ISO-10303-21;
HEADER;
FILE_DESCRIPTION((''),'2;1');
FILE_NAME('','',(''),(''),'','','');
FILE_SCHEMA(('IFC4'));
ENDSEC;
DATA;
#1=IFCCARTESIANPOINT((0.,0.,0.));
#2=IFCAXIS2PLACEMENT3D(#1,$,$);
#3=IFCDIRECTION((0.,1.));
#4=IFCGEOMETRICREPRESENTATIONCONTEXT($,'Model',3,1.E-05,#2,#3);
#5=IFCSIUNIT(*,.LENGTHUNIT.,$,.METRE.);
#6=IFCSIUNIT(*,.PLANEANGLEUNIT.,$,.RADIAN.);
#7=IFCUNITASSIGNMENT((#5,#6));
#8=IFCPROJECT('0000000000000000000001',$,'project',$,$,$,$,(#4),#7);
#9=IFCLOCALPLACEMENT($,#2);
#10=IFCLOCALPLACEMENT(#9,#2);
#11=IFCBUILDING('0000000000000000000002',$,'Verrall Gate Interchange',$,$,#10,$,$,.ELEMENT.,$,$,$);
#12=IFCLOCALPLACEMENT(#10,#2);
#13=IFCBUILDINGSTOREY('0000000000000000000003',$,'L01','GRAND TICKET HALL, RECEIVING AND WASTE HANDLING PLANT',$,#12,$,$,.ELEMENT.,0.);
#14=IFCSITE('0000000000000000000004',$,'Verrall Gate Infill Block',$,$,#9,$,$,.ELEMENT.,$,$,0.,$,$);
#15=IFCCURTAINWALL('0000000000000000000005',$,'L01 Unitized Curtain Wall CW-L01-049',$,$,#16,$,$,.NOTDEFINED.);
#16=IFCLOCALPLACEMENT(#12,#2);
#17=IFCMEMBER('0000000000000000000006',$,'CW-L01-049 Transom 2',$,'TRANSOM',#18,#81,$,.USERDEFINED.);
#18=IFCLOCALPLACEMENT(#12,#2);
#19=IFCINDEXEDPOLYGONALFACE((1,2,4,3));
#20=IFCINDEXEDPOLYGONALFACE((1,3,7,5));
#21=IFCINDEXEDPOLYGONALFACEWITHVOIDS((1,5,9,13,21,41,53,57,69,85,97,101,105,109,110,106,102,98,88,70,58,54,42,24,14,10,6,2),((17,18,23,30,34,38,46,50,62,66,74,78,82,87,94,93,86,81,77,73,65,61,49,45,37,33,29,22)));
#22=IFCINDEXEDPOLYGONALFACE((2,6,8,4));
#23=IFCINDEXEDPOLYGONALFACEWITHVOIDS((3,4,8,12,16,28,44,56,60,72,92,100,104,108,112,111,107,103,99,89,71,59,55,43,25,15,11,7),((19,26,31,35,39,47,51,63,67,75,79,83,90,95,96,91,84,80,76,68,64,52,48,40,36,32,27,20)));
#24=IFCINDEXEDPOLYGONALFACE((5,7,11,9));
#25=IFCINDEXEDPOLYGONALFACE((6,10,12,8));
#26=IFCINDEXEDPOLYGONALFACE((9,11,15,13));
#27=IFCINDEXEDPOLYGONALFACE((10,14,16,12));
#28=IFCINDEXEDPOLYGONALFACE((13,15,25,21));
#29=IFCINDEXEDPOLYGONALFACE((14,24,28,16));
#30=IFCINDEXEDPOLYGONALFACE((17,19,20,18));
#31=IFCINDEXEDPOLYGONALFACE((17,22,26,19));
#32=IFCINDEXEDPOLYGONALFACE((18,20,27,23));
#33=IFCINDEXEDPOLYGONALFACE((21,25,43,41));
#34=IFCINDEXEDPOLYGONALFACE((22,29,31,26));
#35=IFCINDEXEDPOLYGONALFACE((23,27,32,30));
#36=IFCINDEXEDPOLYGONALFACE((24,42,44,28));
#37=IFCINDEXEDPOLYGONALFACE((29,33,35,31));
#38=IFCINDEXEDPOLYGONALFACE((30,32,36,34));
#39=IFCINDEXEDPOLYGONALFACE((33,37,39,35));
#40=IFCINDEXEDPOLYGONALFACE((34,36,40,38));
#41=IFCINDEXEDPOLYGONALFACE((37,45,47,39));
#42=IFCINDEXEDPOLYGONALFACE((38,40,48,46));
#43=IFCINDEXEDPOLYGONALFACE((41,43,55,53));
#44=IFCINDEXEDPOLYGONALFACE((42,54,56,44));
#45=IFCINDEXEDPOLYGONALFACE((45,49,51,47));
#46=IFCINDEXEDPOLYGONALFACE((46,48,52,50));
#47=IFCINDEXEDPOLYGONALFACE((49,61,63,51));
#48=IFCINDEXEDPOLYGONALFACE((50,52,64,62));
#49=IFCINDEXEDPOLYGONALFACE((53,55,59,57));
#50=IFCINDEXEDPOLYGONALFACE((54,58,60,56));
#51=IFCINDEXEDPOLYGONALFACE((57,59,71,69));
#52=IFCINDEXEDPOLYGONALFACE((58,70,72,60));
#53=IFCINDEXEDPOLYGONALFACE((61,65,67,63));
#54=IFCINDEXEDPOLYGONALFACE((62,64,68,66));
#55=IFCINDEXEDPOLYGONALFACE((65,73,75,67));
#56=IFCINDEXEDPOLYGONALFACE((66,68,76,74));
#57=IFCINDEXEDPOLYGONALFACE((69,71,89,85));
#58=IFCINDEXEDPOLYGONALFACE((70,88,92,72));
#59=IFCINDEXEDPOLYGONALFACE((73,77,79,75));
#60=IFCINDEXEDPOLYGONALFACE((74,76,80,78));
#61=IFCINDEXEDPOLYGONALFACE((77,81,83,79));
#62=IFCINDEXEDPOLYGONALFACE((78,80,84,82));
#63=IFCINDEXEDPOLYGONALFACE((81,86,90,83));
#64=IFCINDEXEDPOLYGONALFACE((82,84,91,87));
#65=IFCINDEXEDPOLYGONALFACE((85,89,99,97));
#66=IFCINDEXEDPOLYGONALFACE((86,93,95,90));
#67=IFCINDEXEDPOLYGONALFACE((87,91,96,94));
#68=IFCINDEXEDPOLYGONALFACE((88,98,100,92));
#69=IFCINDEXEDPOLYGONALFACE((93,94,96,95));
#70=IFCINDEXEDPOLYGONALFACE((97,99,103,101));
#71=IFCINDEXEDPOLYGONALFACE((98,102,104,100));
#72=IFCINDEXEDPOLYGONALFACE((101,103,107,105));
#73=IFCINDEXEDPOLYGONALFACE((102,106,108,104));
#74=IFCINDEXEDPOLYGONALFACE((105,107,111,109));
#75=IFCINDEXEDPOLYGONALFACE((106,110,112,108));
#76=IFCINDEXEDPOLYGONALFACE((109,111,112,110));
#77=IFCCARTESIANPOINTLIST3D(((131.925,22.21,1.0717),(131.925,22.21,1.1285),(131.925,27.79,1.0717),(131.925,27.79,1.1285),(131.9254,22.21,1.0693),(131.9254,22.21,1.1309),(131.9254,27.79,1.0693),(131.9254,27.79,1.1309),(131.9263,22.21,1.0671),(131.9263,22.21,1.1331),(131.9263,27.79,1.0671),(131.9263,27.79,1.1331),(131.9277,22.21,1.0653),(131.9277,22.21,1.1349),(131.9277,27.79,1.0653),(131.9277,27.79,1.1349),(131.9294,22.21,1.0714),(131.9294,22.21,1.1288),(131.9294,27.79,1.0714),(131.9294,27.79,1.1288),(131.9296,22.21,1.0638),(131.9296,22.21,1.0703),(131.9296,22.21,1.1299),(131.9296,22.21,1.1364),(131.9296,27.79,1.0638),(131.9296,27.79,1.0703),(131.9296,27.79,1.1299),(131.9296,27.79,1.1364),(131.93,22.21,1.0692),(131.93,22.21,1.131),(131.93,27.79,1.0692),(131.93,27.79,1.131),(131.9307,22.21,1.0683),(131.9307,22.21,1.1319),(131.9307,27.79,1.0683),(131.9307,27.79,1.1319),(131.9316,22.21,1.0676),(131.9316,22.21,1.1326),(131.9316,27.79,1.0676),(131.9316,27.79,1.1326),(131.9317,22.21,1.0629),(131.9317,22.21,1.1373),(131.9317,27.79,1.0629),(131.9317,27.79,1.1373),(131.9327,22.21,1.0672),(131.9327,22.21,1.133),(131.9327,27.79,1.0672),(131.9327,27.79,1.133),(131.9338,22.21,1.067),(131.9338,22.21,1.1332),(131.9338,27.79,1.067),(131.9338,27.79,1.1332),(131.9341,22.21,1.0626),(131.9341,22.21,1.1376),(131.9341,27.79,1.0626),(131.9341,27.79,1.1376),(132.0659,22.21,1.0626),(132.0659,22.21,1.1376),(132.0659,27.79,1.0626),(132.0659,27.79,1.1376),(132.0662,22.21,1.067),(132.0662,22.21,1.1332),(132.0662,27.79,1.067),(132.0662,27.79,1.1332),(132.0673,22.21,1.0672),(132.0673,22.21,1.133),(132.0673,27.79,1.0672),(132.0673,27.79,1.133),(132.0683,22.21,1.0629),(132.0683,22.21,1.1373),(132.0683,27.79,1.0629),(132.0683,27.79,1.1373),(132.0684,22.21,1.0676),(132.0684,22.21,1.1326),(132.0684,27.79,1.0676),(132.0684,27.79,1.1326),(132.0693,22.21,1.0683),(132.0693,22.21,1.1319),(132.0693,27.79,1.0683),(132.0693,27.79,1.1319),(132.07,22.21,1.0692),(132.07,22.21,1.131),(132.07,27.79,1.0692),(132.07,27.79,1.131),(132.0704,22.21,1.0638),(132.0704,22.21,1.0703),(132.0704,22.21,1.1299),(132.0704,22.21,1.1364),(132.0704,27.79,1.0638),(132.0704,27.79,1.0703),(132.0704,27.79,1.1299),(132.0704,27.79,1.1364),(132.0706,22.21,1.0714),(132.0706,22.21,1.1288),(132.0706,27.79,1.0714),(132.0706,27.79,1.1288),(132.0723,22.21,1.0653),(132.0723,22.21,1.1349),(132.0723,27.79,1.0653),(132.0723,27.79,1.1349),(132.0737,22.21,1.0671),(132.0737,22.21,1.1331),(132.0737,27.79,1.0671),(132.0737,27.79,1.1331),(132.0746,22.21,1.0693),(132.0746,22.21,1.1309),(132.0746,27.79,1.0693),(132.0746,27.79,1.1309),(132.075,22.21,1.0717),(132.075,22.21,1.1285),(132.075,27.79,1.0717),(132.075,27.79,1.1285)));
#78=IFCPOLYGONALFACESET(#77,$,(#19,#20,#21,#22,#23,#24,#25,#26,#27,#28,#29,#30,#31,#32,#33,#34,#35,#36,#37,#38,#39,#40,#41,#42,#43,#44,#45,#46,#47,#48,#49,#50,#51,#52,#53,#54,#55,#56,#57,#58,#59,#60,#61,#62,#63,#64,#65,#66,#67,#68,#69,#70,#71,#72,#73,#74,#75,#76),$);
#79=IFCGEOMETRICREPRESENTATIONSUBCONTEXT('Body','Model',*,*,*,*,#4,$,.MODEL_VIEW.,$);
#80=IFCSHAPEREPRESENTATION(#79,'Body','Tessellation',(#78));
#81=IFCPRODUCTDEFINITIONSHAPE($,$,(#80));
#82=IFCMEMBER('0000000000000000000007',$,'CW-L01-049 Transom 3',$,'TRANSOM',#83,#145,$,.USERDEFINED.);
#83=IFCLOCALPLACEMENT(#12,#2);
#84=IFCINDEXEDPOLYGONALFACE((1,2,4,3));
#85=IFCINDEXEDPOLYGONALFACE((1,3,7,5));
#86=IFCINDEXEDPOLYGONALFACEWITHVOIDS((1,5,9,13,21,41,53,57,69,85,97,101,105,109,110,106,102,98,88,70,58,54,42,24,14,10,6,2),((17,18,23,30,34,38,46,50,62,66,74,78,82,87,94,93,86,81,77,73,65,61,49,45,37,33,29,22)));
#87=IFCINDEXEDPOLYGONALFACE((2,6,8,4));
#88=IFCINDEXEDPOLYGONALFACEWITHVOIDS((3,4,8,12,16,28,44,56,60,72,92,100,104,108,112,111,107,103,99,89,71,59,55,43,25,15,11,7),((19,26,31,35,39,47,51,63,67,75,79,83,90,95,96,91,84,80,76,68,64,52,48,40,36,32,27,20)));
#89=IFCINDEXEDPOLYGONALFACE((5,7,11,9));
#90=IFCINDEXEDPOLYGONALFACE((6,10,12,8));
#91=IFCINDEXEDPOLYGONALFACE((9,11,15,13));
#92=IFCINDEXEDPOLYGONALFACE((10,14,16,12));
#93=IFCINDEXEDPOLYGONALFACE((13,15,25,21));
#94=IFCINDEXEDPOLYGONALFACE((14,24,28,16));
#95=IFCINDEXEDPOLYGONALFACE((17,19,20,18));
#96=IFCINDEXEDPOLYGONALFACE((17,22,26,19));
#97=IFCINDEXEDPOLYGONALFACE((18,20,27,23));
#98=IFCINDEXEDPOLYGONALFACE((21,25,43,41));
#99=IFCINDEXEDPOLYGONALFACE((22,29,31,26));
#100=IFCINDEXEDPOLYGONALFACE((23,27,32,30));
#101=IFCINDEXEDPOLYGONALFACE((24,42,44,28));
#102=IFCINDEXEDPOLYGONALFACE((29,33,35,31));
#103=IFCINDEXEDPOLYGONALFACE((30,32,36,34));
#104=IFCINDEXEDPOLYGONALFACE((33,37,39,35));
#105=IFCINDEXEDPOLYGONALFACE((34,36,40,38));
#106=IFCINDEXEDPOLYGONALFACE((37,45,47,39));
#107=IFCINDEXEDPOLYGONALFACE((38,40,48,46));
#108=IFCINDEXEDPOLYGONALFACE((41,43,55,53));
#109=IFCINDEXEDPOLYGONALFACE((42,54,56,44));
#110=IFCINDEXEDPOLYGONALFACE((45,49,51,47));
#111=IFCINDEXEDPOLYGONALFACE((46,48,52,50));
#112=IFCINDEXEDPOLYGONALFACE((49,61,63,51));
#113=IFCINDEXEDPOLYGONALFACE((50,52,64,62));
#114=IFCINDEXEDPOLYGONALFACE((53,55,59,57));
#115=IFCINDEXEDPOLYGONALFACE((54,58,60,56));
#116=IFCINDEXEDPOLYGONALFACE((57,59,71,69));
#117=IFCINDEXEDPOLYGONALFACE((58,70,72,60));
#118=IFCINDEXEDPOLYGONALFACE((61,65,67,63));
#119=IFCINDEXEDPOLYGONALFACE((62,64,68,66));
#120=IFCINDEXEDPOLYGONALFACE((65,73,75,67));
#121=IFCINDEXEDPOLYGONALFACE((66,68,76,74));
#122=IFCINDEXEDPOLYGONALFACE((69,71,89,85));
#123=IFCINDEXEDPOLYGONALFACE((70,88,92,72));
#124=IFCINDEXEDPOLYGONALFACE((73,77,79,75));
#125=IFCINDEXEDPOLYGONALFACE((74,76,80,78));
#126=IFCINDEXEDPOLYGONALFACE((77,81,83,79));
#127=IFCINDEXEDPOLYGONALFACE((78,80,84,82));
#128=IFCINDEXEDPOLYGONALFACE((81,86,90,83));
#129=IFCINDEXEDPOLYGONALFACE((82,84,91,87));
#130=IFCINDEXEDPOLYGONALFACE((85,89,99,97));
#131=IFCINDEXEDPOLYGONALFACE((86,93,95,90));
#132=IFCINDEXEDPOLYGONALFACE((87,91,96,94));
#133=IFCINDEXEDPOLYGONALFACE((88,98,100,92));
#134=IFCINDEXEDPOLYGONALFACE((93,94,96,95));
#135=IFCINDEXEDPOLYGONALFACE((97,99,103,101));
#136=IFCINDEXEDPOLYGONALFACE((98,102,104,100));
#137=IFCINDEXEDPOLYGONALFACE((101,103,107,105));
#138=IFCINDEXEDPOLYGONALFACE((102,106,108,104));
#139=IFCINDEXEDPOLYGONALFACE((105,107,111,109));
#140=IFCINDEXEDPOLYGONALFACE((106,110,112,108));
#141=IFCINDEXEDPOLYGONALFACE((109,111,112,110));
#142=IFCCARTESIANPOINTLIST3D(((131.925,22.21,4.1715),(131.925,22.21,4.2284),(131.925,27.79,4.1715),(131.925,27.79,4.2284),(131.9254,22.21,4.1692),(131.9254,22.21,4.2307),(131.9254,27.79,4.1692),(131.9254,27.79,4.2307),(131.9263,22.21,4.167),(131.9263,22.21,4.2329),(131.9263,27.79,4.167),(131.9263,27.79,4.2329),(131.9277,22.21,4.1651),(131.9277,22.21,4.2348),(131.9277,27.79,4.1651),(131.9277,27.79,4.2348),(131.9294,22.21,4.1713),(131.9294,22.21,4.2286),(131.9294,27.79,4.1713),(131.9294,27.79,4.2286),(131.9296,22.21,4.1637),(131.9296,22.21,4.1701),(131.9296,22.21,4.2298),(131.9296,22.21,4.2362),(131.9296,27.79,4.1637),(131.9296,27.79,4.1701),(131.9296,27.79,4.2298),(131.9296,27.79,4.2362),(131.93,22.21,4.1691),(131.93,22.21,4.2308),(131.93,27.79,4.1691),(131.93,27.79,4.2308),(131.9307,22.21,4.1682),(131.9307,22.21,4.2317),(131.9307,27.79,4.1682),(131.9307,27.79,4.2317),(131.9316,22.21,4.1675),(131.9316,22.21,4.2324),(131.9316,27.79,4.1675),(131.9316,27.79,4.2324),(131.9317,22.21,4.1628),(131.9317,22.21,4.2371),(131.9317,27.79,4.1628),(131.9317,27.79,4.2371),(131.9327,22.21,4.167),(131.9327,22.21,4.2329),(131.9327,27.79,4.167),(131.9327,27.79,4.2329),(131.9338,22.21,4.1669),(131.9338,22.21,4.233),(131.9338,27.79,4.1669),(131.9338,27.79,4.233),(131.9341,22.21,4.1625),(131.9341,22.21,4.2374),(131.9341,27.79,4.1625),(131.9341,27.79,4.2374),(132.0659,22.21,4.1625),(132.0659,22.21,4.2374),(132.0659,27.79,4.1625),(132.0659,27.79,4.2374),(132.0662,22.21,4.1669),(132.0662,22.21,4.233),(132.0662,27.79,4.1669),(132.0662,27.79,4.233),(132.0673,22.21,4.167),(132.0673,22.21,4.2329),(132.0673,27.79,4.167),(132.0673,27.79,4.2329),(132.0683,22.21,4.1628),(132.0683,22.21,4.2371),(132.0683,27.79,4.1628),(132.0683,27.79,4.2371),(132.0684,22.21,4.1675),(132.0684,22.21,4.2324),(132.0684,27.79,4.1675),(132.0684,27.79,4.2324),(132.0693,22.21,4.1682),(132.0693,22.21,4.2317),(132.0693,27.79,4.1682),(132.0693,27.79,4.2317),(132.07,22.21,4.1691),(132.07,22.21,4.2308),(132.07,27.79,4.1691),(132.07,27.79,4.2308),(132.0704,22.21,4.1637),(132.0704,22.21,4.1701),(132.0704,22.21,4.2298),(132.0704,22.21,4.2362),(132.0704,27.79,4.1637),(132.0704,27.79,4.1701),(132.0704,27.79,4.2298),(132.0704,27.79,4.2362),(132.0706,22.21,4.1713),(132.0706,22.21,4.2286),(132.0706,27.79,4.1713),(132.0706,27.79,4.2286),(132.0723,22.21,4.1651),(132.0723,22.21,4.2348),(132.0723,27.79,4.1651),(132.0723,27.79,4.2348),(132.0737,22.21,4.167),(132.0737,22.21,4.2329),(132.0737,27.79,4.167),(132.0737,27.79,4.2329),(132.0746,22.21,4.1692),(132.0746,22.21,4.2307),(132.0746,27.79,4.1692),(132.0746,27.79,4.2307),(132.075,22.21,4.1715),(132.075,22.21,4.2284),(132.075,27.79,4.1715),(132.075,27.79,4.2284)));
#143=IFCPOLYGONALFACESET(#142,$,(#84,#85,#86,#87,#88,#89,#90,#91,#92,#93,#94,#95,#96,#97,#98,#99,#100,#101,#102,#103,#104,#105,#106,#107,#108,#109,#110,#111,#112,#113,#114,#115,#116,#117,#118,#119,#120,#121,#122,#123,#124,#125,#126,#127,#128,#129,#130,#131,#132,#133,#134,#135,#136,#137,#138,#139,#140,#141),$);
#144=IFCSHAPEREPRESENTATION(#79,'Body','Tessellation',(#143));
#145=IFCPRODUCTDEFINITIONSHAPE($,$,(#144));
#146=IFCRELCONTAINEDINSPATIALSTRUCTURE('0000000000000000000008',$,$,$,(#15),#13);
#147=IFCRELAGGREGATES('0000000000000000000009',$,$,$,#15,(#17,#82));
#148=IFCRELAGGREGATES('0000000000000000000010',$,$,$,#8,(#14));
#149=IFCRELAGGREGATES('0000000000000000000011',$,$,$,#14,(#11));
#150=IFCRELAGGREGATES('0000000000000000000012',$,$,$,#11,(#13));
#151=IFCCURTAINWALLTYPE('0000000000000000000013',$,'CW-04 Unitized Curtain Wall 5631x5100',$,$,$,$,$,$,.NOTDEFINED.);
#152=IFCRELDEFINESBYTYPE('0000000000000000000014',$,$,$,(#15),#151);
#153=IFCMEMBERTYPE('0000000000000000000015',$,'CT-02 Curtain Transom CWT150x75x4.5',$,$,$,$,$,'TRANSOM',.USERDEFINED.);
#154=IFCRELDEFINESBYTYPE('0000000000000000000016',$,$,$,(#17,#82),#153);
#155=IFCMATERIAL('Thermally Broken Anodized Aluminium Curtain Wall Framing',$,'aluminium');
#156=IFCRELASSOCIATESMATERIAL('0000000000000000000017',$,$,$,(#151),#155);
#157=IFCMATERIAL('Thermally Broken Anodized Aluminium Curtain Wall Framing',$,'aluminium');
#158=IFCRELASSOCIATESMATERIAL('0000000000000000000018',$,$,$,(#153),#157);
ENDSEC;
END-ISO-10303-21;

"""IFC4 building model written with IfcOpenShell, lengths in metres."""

from ifc_helpers import new_model, si_unit, direction, frame, origin, origin_2d, place, context, subcontext, project, spatial, hollow_rectangle, extrude, material, material_profile, profile_set, type_object, element, aggregate, save


model = new_model("IFC4")

# Units and contexts
model_context = context("Model", 3, precision=1e-05, world=origin(), true_north=direction((0.0, 1.0)))
body_context = subcontext(model_context, "Body", "Model", "MODEL_VIEW")
ifc_project = project(units=[si_unit("LENGTHUNIT", "METRE"), si_unit("PLANEANGLEUNIT", "RADIAN")], contexts=[model_context])

# Site, building, storey
site_placement = place(None, origin())
site = spatial("IfcSite", under=ifc_project, at=site_placement, Name="Verrall Gate Infill Block", CompositionType="ELEMENT", RefElevation=0.0)
building_placement = place(site_placement, origin())
building = spatial("IfcBuilding", under=site, at=building_placement, Name="Verrall Gate Interchange", CompositionType="ELEMENT")
storey_placement = place(building_placement, origin())
storey = spatial("IfcBuildingStorey", under=building, at=storey_placement, Name="L01", Description="GRAND TICKET HALL, RECEIVING AND WASTE HANDLING PLANT", CompositionType="ELEMENT", Elevation=0.0)

# Curtain wall, members
ifc_material_1 = material(Name="Thermally Broken Anodized Aluminium Curtain Wall Framing", Category="aluminium")
curtain_wall_type = type_object("IfcCurtainWallType", Name="CW-04 Unitized Curtain Wall 5631x5100", PredefinedType="NOTDEFINED", material=ifc_material_1)
curtain_wall_1_placement = place(storey_placement, origin())
curtain_wall_1 = element("IfcCurtainWall", 1, at=curtain_wall_1_placement, inside=storey, type_object=curtain_wall_type, Name="L01 Unitized Curtain Wall CW-L01-049", PredefinedType="NOTDEFINED")
ifc_material_2 = material(Name="Thermally Broken Anodized Aluminium Curtain Wall Framing", Category="aluminium")
ifc_material_profile_1 = material_profile(ifc_material_2, hollow_rectangle(XDim=0.1499, YDim=0.075, WallThickness=0.0044, InnerFilletRadius=0.0044, OuterFilletRadius=0.009, at=origin_2d()), Name="CWT150x75x4.5")
ifc_profile_set_1 = profile_set([ifc_material_profile_1], Name="Thermally Broken Anodized Aluminium Curtain Wall Framing")
member_type_1 = type_object("IfcMemberType", Name="CT-02 Curtain Transom CWT150x75x4.5", ElementType="TRANSOM", PredefinedType="USERDEFINED", material=ifc_profile_set_1)
member_1_placement = place(storey_placement, frame((132.0, 27.79, 1.1001), z_axis=(0.0, -1.0, 0.0), x_axis=(1.0, 0.0, 0.0)))
member_1 = element("IfcMember", 2, at=member_1_placement, type_object=member_type_1, Name="CW-L01-049 Transom 2", ObjectType="TRANSOM", PredefinedType="USERDEFINED", context=body_context, shape_type="SweptSolid", body=[
    extrude(hollow_rectangle(XDim=0.1499, YDim=0.075, WallThickness=0.0044, InnerFilletRadius=0.0044, OuterFilletRadius=0.009, at=origin_2d()), origin(), (0.0, 0.0, 1.0), 5.5801),
])
member_2_placement = place(storey_placement, frame((132.0, 27.79, 4.2), z_axis=(0.0, -1.0, 0.0), x_axis=(1.0, 0.0, 0.0)))
member_2 = element("IfcMember", 3, at=member_2_placement, type_object=member_type_1, Name="CW-L01-049 Transom 3", ObjectType="TRANSOM", PredefinedType="USERDEFINED", context=body_context, shape_type="SweptSolid", body=[
    extrude(hollow_rectangle(XDim=0.1499, YDim=0.075, WallThickness=0.0044, InnerFilletRadius=0.0044, OuterFilletRadius=0.009, at=origin_2d()), origin(), (0.0, 0.0, 1.0), 5.5801),
])

aggregate(curtain_wall_1, [member_1, member_2])

save(model, "model.ifc")
